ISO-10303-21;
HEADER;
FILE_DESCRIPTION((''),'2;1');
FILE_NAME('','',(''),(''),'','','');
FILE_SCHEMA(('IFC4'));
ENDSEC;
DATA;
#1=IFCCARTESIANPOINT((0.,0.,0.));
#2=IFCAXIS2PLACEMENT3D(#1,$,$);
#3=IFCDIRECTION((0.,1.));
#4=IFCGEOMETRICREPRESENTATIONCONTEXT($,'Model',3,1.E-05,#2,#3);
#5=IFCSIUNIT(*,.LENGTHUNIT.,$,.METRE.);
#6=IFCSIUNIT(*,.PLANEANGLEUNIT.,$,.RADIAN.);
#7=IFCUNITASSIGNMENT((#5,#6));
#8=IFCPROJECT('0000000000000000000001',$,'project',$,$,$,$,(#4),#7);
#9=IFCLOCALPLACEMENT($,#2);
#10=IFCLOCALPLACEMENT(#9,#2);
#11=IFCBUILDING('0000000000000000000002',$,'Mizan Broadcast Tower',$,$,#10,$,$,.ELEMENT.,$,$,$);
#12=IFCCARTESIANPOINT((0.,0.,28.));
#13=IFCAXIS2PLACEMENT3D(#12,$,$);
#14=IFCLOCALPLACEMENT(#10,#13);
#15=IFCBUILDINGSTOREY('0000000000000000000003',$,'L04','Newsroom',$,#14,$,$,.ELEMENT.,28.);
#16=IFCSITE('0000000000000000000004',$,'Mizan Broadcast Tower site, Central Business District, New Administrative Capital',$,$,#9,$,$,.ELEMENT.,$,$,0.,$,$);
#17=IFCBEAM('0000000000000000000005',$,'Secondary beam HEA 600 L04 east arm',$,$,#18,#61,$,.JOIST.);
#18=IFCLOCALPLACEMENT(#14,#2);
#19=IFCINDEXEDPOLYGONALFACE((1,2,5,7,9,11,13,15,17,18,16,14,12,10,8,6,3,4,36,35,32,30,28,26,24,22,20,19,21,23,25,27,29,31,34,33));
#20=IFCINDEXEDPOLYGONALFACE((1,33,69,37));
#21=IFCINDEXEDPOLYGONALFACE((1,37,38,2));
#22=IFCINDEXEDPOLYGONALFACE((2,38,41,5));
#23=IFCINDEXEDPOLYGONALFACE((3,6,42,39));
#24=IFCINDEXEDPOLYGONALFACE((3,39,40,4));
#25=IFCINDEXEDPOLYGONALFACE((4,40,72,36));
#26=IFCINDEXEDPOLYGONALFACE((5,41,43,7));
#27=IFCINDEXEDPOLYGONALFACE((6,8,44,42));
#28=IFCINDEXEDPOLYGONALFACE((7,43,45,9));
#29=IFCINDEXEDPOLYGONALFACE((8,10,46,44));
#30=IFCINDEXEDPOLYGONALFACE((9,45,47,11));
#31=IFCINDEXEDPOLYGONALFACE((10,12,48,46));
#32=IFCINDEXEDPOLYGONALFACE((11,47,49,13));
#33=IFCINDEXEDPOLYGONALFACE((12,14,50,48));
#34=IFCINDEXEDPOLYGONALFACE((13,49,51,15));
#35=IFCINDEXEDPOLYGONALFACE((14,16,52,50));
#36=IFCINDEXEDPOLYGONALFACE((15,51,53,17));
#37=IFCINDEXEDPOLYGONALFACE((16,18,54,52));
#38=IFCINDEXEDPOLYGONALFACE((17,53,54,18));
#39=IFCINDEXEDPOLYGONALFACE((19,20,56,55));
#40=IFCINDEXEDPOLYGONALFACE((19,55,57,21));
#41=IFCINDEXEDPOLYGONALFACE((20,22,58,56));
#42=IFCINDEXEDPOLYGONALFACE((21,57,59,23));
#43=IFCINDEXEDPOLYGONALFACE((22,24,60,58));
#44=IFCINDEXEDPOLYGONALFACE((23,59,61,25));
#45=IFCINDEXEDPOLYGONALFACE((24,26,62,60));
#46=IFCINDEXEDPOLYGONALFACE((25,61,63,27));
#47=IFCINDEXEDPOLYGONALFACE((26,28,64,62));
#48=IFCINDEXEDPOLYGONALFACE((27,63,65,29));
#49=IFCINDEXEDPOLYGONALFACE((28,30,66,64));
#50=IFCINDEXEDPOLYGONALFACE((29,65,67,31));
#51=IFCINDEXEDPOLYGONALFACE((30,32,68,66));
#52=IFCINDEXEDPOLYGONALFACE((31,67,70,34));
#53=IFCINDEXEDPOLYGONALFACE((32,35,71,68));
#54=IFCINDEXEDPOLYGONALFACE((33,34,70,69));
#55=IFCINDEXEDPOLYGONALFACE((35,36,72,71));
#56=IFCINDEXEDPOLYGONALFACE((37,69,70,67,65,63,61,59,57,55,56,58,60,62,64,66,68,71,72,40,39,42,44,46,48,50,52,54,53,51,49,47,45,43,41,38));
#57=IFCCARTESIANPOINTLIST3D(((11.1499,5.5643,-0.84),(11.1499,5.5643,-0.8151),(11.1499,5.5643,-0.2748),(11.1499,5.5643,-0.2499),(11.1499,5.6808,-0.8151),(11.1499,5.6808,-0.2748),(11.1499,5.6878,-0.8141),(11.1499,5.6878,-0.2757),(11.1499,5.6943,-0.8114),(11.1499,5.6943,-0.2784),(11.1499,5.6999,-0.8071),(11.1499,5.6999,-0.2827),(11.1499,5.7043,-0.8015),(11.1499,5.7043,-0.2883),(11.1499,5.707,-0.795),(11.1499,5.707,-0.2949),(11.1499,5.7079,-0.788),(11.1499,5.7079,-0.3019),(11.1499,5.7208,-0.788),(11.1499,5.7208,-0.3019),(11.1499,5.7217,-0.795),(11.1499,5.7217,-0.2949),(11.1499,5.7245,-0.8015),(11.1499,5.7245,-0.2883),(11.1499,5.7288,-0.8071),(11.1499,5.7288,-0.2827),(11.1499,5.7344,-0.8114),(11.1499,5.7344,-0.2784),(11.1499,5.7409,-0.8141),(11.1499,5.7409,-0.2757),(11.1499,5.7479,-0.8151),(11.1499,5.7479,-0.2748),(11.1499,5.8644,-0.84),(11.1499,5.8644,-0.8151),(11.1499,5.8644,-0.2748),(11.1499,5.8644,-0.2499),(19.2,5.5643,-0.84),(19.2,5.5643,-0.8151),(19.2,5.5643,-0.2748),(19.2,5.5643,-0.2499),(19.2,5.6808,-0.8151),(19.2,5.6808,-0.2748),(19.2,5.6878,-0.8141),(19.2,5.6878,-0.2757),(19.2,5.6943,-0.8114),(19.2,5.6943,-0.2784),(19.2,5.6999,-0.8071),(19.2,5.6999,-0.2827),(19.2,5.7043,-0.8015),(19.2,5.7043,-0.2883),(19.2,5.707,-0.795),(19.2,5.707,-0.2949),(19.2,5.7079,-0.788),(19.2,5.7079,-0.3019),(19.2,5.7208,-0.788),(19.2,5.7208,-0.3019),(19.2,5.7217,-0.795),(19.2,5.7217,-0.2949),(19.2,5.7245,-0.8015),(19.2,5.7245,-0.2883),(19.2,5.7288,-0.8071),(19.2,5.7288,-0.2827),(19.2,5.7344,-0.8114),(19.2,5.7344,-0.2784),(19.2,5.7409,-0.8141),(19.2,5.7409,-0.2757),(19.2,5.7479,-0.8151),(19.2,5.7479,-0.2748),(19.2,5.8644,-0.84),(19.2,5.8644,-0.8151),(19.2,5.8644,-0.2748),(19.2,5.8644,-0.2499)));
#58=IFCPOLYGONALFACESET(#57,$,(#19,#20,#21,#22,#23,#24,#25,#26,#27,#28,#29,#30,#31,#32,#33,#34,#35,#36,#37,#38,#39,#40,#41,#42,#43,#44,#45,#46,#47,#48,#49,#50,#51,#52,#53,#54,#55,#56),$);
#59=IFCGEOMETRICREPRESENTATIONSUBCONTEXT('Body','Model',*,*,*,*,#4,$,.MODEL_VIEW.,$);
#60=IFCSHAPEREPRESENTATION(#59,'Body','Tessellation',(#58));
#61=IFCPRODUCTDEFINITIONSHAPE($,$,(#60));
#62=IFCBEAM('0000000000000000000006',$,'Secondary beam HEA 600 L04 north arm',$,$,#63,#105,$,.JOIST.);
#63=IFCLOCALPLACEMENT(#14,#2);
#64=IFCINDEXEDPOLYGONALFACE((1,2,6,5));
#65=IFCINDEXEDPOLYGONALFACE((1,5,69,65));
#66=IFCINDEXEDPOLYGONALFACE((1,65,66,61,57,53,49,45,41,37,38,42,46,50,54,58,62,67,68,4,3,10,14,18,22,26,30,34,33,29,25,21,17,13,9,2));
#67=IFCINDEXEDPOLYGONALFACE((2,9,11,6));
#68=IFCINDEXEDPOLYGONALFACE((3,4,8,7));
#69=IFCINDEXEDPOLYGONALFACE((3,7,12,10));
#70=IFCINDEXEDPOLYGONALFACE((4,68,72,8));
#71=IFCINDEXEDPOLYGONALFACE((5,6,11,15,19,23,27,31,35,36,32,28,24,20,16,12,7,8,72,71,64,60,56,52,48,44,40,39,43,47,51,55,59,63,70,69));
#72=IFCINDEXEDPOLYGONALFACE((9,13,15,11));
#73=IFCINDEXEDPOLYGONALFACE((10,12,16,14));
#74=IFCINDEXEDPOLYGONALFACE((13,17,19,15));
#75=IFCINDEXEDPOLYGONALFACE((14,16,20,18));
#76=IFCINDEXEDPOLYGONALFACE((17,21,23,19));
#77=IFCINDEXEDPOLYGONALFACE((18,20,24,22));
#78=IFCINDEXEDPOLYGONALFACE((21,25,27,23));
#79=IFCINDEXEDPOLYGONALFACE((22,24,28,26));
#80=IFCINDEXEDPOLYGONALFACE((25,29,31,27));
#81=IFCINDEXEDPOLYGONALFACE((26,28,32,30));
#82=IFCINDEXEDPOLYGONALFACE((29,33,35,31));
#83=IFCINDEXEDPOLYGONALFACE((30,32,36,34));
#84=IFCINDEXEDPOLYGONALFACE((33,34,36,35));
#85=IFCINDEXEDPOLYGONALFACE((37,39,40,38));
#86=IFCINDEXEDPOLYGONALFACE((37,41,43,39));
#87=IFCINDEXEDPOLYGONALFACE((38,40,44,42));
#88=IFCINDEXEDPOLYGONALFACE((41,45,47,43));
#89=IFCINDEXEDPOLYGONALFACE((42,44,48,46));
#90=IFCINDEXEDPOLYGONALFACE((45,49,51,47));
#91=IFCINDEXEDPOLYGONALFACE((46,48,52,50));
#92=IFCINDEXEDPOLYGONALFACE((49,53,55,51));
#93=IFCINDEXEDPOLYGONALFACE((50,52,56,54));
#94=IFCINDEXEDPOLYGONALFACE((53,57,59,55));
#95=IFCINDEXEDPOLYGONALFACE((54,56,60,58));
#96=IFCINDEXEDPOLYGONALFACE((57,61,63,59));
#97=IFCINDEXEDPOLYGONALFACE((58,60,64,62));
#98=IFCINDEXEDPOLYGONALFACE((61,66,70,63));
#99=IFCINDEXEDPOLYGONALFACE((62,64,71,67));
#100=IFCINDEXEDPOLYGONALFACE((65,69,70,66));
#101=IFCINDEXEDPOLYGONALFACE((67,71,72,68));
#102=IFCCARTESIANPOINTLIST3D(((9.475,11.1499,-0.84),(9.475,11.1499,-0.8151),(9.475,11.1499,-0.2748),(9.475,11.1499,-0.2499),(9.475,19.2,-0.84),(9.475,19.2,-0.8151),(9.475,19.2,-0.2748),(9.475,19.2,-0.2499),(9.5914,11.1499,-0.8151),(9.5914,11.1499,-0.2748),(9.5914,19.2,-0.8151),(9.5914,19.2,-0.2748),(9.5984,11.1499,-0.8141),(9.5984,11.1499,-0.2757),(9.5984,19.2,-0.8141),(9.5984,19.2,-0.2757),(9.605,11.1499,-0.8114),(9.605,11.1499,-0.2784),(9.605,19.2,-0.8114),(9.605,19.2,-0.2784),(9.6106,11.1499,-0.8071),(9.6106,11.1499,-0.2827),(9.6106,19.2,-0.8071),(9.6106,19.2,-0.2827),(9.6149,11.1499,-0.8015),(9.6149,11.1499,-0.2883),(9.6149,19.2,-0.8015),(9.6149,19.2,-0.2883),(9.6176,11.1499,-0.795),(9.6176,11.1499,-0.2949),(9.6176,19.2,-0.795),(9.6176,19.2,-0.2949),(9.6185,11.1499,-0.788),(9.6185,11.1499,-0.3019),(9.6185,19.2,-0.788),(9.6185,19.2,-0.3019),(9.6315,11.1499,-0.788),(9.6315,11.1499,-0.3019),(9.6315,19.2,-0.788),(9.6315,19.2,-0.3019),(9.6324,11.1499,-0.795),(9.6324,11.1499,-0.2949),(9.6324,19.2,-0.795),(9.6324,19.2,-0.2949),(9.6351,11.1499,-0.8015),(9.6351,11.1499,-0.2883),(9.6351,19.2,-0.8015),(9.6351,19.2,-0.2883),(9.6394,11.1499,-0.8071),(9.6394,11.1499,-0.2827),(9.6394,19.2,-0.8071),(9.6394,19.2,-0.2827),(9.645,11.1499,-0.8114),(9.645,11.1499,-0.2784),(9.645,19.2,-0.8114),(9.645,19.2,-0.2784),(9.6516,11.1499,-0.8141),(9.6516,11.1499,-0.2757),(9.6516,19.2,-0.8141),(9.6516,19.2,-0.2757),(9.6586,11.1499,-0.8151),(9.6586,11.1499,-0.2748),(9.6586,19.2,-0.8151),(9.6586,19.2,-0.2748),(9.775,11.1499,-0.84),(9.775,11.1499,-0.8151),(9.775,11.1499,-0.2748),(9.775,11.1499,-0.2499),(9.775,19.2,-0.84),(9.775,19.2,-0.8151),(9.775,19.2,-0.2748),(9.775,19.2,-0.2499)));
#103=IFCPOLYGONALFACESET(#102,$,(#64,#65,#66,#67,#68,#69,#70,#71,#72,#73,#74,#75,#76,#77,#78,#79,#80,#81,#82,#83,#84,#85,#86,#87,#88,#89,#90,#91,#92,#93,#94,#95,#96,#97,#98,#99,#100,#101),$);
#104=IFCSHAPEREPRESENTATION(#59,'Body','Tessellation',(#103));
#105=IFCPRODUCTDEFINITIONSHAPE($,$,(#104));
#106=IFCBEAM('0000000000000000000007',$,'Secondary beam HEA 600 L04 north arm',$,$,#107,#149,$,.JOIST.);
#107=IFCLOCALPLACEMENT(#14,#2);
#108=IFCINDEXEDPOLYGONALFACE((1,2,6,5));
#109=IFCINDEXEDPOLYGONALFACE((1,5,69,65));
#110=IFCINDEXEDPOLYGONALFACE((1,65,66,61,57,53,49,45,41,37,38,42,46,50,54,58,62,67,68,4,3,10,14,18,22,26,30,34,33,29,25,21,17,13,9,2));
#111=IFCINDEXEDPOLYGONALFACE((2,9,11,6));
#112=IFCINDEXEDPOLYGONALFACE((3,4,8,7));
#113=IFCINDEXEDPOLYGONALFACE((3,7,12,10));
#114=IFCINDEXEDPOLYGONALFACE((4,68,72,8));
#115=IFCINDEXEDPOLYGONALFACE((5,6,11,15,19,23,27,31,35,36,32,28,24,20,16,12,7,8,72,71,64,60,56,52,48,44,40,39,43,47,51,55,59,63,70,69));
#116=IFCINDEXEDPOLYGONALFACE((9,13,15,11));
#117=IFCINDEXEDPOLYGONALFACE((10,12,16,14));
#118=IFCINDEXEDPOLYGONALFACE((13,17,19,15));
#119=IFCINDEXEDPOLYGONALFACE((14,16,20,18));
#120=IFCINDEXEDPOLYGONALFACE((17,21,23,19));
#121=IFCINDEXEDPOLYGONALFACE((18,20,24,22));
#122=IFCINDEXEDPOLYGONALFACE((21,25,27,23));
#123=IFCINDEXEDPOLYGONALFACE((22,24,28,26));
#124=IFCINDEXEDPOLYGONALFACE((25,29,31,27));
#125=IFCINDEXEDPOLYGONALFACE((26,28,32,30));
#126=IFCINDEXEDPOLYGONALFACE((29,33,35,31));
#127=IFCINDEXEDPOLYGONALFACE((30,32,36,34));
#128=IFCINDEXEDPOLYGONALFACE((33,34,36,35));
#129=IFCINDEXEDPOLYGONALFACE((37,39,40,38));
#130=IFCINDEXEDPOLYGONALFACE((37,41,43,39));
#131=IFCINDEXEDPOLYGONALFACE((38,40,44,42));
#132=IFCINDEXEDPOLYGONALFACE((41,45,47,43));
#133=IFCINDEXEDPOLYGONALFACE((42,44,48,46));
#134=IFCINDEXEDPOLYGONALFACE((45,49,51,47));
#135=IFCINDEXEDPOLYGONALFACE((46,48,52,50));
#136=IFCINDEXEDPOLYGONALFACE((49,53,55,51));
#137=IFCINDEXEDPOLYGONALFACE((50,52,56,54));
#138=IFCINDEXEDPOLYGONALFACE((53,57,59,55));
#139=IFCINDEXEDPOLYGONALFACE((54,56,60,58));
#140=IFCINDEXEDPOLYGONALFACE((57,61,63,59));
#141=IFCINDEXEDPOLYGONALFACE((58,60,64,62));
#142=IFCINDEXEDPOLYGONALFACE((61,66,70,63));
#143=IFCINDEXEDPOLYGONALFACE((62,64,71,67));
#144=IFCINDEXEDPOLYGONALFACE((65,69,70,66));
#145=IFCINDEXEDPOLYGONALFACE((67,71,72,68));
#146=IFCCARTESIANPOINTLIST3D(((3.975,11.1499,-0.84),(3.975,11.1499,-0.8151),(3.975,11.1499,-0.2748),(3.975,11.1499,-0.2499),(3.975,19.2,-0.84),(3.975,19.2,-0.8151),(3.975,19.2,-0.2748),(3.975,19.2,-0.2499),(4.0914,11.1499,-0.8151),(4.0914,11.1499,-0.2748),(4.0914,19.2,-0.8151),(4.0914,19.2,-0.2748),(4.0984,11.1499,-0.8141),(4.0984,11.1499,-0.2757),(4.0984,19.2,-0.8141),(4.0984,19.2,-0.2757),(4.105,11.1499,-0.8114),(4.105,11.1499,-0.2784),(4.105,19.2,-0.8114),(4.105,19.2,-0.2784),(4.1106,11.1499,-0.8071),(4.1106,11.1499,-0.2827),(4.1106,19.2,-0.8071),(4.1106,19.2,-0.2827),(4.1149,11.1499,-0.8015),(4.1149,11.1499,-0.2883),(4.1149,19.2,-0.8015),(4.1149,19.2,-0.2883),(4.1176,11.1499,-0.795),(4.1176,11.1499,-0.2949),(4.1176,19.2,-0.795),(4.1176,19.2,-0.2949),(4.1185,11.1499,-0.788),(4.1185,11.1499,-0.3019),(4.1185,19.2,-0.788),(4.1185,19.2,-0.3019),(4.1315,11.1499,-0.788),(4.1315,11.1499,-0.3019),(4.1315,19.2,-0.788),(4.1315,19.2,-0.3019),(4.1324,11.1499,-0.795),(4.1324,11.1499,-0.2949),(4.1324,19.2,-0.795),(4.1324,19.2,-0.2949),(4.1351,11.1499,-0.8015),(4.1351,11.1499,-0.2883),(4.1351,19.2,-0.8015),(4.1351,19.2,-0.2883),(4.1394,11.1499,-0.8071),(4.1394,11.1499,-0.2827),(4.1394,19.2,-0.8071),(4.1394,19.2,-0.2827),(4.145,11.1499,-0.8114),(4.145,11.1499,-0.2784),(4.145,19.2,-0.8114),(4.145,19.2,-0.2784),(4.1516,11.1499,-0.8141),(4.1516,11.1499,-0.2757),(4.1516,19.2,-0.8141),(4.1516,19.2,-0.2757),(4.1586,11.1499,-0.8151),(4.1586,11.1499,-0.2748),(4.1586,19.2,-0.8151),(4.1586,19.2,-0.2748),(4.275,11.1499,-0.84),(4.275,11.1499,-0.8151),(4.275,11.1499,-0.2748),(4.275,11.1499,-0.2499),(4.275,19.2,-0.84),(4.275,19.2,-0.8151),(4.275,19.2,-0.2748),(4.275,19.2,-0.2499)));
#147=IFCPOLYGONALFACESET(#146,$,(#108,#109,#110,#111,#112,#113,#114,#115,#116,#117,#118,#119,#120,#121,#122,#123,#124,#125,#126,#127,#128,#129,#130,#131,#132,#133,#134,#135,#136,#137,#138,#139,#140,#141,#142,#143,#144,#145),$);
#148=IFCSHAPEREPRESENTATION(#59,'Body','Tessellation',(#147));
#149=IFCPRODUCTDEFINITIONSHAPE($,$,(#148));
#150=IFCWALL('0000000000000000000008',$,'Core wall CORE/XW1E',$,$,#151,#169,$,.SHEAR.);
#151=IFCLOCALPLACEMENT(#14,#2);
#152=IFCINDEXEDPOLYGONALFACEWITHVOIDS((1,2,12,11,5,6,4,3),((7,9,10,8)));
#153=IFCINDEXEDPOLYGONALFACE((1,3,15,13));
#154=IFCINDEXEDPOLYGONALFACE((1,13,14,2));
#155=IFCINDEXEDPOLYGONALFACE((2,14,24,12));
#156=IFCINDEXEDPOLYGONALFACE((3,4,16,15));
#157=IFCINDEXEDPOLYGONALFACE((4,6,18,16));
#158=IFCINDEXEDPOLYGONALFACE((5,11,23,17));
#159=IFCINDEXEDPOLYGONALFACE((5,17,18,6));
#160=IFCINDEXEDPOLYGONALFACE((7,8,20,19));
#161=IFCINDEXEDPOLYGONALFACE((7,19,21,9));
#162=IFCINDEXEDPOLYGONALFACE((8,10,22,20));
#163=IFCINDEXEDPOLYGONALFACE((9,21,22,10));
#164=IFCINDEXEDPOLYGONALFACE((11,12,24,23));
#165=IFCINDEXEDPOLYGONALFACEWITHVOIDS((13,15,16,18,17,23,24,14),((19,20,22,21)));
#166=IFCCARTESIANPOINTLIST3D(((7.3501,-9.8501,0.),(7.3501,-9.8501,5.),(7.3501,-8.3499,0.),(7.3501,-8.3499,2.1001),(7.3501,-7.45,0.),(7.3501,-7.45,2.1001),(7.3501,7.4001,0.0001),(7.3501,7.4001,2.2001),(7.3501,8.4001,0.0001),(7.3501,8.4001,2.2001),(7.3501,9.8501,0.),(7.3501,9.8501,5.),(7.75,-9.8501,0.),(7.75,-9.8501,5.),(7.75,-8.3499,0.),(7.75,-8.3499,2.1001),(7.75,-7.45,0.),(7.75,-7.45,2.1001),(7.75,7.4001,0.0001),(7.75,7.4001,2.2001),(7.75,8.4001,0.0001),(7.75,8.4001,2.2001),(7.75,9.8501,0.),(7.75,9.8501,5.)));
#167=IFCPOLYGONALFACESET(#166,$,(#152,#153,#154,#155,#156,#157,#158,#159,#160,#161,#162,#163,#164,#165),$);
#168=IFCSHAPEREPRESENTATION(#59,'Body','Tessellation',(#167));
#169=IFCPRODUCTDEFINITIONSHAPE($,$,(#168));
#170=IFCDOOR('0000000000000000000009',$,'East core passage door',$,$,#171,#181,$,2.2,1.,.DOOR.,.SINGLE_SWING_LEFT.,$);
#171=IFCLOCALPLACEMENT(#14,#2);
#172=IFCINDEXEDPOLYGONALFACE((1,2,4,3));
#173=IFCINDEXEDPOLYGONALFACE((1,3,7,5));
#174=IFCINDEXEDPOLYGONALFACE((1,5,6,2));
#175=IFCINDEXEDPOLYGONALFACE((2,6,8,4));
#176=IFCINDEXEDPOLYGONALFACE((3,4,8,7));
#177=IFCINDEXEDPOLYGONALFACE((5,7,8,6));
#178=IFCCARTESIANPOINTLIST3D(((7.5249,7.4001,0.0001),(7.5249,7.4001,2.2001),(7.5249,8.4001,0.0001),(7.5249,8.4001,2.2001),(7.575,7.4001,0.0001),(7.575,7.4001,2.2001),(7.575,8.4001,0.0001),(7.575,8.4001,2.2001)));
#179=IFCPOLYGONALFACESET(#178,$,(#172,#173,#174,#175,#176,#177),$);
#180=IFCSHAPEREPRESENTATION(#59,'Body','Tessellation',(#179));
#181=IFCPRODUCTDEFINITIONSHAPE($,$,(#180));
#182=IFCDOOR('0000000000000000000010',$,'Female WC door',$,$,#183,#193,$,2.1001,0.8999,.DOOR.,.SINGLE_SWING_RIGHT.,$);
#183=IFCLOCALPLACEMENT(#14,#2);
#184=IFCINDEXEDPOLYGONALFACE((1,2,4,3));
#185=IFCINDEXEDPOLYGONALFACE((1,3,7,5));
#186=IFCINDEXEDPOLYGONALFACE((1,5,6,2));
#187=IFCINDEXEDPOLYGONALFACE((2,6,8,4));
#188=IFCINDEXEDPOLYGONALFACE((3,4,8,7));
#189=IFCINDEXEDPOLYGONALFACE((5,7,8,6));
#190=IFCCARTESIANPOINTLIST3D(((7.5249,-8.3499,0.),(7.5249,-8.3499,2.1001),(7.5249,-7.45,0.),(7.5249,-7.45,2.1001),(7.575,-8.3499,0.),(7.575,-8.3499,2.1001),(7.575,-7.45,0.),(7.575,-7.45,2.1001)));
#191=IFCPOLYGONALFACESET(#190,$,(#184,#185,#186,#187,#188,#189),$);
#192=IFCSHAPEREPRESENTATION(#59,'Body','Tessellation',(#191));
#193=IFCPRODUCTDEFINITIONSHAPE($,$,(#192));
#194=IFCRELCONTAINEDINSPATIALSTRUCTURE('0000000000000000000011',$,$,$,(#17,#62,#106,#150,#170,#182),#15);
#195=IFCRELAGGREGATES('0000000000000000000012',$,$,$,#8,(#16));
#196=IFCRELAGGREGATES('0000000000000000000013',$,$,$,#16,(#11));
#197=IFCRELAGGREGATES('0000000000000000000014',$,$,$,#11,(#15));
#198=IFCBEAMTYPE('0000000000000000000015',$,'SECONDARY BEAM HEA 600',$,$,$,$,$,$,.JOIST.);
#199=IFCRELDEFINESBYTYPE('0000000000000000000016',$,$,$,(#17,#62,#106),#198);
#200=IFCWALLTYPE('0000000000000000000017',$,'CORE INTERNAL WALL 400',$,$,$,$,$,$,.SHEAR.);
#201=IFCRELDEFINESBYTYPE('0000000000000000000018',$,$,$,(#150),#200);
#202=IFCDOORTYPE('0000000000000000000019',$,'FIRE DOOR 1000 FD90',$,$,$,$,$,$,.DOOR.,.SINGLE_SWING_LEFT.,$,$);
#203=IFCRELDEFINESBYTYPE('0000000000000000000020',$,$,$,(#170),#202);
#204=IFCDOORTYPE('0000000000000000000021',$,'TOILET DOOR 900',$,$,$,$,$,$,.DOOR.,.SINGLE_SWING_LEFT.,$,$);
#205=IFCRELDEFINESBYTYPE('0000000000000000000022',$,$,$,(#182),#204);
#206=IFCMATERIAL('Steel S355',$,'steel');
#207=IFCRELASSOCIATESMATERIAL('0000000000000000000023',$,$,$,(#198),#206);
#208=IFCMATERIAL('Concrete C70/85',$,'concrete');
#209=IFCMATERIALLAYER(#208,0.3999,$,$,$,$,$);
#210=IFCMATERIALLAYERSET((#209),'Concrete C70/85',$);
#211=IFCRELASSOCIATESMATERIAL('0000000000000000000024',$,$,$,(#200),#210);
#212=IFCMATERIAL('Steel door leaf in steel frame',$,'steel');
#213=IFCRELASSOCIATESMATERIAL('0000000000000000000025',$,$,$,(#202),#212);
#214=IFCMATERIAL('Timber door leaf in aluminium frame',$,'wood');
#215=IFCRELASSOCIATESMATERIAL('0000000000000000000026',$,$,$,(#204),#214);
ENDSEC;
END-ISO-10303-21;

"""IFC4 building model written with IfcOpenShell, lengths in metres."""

from ifc_helpers import new_model, si_unit, direction, frame, frame_2d, origin, origin_2d, place, context, subcontext, project, spatial, rectangle, i_section, extrude, material, layer, layer_set, material_profile, profile_set, type_object, element, fill, save


model = new_model("IFC4")

# Units and contexts
model_context = context("Model", 3, precision=1e-05, world=origin(), true_north=direction((0.0, 1.0)))
body_context = subcontext(model_context, "Body", "Model", "MODEL_VIEW")
ifc_project = project(units=[si_unit("LENGTHUNIT", "METRE"), si_unit("PLANEANGLEUNIT", "RADIAN")], contexts=[model_context])

# Site, building, storey
site_placement = place(None, origin())
site = spatial("IfcSite", under=ifc_project, at=site_placement, Name="Mizan Broadcast Tower site, Central Business District, New Administrative Capital", CompositionType="ELEMENT", RefElevation=0.0)
building_placement = place(site_placement, origin())
building = spatial("IfcBuilding", under=site, at=building_placement, Name="Mizan Broadcast Tower", CompositionType="ELEMENT")
storey_placement = place(building_placement, frame((0.0, 0.0, 28.0)))
storey = spatial("IfcBuildingStorey", under=building, at=storey_placement, Name="L04", Description="Newsroom", CompositionType="ELEMENT", Elevation=28.0)

# Beams
ifc_material_1 = material(Name="Steel S355", Category="steel")
ifc_material_profile_1 = material_profile(ifc_material_1, i_section(OverallWidth=0.3, OverallDepth=0.5901, WebThickness=0.0129, FlangeThickness=0.0249, FilletRadius=0.0271, at=origin_2d()), Name="HEA 600")
ifc_profile_set_1 = profile_set([ifc_material_profile_1], Name="Steel S355")
beam_type_1 = type_object("IfcBeamType", Name="SECONDARY BEAM HEA 600", PredefinedType="JOIST", material=ifc_profile_set_1)
for number, where, z_axis, x_axis, name in (
    (1, (11.1499, 5.7144, -0.5449), (1.0, 0.0, 0.0), (0.0, 1.0, 0.0), "Secondary beam HEA 600 L04 east arm"),
    (2, (9.625, 11.1499, -0.5449), (0.0, 1.0, 0.0), (-1.0, 0.0, 0.0), "Secondary beam HEA 600 L04 north arm"),
    (3, (4.125, 11.1499, -0.5449), (0.0, 1.0, 0.0), (-1.0, 0.0, 0.0), "Secondary beam HEA 600 L04 north arm"),
):
    element("IfcBeam", number, at=place(storey_placement, frame(where, z_axis=z_axis, x_axis=x_axis)), inside=storey, type_object=beam_type_1, Name=name, PredefinedType="JOIST", context=body_context, shape_type="SweptSolid", body=[
        extrude(i_section(OverallWidth=0.3, OverallDepth=0.5901, WebThickness=0.0129, FlangeThickness=0.0249, FilletRadius=0.0271, at=origin_2d()), origin(), (0.0, 0.0, 1.0), 8.05),
    ])

# Wall, openings, doors
ifc_material_2 = material(Name="Concrete C70/85", Category="concrete")
ifc_layer_1 = layer(ifc_material_2, 0.3999)
ifc_layer_set_1 = layer_set([ifc_layer_1], Name="Concrete C70/85")
wall_type_1 = type_object("IfcWallType", Name="CORE INTERNAL WALL 400", PredefinedType="SHEAR", material=ifc_layer_set_1)
wall_1_placement = place(storey_placement, frame((7.55, 9.8501, 0.0), z_axis=(0.0, 0.0, 1.0), x_axis=(0.0, -1.0, 0.0)))
wall_1 = element("IfcWall", 4, at=wall_1_placement, inside=storey, type_object=wall_type_1, Name="Core wall CORE/XW1E", PredefinedType="SHEAR", context=body_context, shape_type="SweptSolid", body=[
    extrude(rectangle(XDim=19.7002, YDim=0.3999, at=frame_2d((9.8501, 0.0))), origin(), (0.0, 0.0, 1.0), 5.0),
])
opening_1_placement = place(wall_1_placement, frame((1.45, 0.0, 0.0)))
opening_1 = element("IfcOpeningElement", 5, at=opening_1_placement, cuts=wall_1, PredefinedType="OPENING", context=body_context, shape_type="SweptSolid", body=[
    extrude(rectangle(XDim=1.0, YDim=2.2, at=frame_2d((0.5, 1.1001))), frame((0.0, 0.21, 0.0), z_axis=(0.0, -1.0, 0.0), x_axis=(1.0, 0.0, 0.0)), (0.0, 0.0, 1.0), 0.4199),
])
opening_2_placement = place(wall_1_placement, frame((17.3, 0.0, 0.0)))
opening_2 = element("IfcOpeningElement", 6, at=opening_2_placement, cuts=wall_1, PredefinedType="OPENING", context=body_context, shape_type="SweptSolid", body=[
    extrude(rectangle(XDim=0.8999, YDim=2.1001, at=frame_2d((0.45, 1.05))), frame((0.0, 0.21, 0.0), z_axis=(0.0, -1.0, 0.0), x_axis=(1.0, 0.0, 0.0)), (0.0, 0.0, 1.0), 0.4199),
])
ifc_material_3 = material(Name="Steel door leaf in steel frame", Category="steel")
door_type_1 = type_object("IfcDoorType", Name="FIRE DOOR 1000 FD90", OperationType="SINGLE_SWING_LEFT", PredefinedType="DOOR", material=ifc_material_3)
door_1_placement = place(opening_1_placement, origin())
door_1 = element("IfcDoor", 7, at=door_1_placement, inside=storey, type_object=door_type_1, Name="East core passage door", OperationType="SINGLE_SWING_LEFT", OverallHeight=2.2, OverallWidth=1.0, PredefinedType="DOOR", context=body_context, shape_type="SweptSolid", body=[
    extrude(rectangle(XDim=1.0, YDim=2.2, at=frame_2d((0.5, 1.1001))), frame((0.0, 0.0249, 0.0), z_axis=(0.0, -1.0, 0.0), x_axis=(1.0, 0.0, 0.0)), (0.0, 0.0, 1.0), 0.05),
])
fill(opening_1, door_1)
ifc_material_4 = material(Name="Timber door leaf in aluminium frame", Category="wood")
door_type_2 = type_object("IfcDoorType", Name="TOILET DOOR 900", OperationType="SINGLE_SWING_LEFT", PredefinedType="DOOR", material=ifc_material_4)
door_2_placement = place(opening_2_placement, origin())
door_2 = element("IfcDoor", 8, at=door_2_placement, inside=storey, type_object=door_type_2, Name="Female WC door", OperationType="SINGLE_SWING_RIGHT", OverallHeight=2.1001, OverallWidth=0.8999, PredefinedType="DOOR", context=body_context, shape_type="SweptSolid", body=[
    extrude(rectangle(XDim=0.8999, YDim=2.1001, at=frame_2d((0.45, 1.05))), frame((0.0, 0.0249, 0.0), z_axis=(0.0, -1.0, 0.0), x_axis=(1.0, 0.0, 0.0)), (0.0, 0.0, 1.0), 0.05),
])
fill(opening_2, door_2)

save(model, "model.ifc")
